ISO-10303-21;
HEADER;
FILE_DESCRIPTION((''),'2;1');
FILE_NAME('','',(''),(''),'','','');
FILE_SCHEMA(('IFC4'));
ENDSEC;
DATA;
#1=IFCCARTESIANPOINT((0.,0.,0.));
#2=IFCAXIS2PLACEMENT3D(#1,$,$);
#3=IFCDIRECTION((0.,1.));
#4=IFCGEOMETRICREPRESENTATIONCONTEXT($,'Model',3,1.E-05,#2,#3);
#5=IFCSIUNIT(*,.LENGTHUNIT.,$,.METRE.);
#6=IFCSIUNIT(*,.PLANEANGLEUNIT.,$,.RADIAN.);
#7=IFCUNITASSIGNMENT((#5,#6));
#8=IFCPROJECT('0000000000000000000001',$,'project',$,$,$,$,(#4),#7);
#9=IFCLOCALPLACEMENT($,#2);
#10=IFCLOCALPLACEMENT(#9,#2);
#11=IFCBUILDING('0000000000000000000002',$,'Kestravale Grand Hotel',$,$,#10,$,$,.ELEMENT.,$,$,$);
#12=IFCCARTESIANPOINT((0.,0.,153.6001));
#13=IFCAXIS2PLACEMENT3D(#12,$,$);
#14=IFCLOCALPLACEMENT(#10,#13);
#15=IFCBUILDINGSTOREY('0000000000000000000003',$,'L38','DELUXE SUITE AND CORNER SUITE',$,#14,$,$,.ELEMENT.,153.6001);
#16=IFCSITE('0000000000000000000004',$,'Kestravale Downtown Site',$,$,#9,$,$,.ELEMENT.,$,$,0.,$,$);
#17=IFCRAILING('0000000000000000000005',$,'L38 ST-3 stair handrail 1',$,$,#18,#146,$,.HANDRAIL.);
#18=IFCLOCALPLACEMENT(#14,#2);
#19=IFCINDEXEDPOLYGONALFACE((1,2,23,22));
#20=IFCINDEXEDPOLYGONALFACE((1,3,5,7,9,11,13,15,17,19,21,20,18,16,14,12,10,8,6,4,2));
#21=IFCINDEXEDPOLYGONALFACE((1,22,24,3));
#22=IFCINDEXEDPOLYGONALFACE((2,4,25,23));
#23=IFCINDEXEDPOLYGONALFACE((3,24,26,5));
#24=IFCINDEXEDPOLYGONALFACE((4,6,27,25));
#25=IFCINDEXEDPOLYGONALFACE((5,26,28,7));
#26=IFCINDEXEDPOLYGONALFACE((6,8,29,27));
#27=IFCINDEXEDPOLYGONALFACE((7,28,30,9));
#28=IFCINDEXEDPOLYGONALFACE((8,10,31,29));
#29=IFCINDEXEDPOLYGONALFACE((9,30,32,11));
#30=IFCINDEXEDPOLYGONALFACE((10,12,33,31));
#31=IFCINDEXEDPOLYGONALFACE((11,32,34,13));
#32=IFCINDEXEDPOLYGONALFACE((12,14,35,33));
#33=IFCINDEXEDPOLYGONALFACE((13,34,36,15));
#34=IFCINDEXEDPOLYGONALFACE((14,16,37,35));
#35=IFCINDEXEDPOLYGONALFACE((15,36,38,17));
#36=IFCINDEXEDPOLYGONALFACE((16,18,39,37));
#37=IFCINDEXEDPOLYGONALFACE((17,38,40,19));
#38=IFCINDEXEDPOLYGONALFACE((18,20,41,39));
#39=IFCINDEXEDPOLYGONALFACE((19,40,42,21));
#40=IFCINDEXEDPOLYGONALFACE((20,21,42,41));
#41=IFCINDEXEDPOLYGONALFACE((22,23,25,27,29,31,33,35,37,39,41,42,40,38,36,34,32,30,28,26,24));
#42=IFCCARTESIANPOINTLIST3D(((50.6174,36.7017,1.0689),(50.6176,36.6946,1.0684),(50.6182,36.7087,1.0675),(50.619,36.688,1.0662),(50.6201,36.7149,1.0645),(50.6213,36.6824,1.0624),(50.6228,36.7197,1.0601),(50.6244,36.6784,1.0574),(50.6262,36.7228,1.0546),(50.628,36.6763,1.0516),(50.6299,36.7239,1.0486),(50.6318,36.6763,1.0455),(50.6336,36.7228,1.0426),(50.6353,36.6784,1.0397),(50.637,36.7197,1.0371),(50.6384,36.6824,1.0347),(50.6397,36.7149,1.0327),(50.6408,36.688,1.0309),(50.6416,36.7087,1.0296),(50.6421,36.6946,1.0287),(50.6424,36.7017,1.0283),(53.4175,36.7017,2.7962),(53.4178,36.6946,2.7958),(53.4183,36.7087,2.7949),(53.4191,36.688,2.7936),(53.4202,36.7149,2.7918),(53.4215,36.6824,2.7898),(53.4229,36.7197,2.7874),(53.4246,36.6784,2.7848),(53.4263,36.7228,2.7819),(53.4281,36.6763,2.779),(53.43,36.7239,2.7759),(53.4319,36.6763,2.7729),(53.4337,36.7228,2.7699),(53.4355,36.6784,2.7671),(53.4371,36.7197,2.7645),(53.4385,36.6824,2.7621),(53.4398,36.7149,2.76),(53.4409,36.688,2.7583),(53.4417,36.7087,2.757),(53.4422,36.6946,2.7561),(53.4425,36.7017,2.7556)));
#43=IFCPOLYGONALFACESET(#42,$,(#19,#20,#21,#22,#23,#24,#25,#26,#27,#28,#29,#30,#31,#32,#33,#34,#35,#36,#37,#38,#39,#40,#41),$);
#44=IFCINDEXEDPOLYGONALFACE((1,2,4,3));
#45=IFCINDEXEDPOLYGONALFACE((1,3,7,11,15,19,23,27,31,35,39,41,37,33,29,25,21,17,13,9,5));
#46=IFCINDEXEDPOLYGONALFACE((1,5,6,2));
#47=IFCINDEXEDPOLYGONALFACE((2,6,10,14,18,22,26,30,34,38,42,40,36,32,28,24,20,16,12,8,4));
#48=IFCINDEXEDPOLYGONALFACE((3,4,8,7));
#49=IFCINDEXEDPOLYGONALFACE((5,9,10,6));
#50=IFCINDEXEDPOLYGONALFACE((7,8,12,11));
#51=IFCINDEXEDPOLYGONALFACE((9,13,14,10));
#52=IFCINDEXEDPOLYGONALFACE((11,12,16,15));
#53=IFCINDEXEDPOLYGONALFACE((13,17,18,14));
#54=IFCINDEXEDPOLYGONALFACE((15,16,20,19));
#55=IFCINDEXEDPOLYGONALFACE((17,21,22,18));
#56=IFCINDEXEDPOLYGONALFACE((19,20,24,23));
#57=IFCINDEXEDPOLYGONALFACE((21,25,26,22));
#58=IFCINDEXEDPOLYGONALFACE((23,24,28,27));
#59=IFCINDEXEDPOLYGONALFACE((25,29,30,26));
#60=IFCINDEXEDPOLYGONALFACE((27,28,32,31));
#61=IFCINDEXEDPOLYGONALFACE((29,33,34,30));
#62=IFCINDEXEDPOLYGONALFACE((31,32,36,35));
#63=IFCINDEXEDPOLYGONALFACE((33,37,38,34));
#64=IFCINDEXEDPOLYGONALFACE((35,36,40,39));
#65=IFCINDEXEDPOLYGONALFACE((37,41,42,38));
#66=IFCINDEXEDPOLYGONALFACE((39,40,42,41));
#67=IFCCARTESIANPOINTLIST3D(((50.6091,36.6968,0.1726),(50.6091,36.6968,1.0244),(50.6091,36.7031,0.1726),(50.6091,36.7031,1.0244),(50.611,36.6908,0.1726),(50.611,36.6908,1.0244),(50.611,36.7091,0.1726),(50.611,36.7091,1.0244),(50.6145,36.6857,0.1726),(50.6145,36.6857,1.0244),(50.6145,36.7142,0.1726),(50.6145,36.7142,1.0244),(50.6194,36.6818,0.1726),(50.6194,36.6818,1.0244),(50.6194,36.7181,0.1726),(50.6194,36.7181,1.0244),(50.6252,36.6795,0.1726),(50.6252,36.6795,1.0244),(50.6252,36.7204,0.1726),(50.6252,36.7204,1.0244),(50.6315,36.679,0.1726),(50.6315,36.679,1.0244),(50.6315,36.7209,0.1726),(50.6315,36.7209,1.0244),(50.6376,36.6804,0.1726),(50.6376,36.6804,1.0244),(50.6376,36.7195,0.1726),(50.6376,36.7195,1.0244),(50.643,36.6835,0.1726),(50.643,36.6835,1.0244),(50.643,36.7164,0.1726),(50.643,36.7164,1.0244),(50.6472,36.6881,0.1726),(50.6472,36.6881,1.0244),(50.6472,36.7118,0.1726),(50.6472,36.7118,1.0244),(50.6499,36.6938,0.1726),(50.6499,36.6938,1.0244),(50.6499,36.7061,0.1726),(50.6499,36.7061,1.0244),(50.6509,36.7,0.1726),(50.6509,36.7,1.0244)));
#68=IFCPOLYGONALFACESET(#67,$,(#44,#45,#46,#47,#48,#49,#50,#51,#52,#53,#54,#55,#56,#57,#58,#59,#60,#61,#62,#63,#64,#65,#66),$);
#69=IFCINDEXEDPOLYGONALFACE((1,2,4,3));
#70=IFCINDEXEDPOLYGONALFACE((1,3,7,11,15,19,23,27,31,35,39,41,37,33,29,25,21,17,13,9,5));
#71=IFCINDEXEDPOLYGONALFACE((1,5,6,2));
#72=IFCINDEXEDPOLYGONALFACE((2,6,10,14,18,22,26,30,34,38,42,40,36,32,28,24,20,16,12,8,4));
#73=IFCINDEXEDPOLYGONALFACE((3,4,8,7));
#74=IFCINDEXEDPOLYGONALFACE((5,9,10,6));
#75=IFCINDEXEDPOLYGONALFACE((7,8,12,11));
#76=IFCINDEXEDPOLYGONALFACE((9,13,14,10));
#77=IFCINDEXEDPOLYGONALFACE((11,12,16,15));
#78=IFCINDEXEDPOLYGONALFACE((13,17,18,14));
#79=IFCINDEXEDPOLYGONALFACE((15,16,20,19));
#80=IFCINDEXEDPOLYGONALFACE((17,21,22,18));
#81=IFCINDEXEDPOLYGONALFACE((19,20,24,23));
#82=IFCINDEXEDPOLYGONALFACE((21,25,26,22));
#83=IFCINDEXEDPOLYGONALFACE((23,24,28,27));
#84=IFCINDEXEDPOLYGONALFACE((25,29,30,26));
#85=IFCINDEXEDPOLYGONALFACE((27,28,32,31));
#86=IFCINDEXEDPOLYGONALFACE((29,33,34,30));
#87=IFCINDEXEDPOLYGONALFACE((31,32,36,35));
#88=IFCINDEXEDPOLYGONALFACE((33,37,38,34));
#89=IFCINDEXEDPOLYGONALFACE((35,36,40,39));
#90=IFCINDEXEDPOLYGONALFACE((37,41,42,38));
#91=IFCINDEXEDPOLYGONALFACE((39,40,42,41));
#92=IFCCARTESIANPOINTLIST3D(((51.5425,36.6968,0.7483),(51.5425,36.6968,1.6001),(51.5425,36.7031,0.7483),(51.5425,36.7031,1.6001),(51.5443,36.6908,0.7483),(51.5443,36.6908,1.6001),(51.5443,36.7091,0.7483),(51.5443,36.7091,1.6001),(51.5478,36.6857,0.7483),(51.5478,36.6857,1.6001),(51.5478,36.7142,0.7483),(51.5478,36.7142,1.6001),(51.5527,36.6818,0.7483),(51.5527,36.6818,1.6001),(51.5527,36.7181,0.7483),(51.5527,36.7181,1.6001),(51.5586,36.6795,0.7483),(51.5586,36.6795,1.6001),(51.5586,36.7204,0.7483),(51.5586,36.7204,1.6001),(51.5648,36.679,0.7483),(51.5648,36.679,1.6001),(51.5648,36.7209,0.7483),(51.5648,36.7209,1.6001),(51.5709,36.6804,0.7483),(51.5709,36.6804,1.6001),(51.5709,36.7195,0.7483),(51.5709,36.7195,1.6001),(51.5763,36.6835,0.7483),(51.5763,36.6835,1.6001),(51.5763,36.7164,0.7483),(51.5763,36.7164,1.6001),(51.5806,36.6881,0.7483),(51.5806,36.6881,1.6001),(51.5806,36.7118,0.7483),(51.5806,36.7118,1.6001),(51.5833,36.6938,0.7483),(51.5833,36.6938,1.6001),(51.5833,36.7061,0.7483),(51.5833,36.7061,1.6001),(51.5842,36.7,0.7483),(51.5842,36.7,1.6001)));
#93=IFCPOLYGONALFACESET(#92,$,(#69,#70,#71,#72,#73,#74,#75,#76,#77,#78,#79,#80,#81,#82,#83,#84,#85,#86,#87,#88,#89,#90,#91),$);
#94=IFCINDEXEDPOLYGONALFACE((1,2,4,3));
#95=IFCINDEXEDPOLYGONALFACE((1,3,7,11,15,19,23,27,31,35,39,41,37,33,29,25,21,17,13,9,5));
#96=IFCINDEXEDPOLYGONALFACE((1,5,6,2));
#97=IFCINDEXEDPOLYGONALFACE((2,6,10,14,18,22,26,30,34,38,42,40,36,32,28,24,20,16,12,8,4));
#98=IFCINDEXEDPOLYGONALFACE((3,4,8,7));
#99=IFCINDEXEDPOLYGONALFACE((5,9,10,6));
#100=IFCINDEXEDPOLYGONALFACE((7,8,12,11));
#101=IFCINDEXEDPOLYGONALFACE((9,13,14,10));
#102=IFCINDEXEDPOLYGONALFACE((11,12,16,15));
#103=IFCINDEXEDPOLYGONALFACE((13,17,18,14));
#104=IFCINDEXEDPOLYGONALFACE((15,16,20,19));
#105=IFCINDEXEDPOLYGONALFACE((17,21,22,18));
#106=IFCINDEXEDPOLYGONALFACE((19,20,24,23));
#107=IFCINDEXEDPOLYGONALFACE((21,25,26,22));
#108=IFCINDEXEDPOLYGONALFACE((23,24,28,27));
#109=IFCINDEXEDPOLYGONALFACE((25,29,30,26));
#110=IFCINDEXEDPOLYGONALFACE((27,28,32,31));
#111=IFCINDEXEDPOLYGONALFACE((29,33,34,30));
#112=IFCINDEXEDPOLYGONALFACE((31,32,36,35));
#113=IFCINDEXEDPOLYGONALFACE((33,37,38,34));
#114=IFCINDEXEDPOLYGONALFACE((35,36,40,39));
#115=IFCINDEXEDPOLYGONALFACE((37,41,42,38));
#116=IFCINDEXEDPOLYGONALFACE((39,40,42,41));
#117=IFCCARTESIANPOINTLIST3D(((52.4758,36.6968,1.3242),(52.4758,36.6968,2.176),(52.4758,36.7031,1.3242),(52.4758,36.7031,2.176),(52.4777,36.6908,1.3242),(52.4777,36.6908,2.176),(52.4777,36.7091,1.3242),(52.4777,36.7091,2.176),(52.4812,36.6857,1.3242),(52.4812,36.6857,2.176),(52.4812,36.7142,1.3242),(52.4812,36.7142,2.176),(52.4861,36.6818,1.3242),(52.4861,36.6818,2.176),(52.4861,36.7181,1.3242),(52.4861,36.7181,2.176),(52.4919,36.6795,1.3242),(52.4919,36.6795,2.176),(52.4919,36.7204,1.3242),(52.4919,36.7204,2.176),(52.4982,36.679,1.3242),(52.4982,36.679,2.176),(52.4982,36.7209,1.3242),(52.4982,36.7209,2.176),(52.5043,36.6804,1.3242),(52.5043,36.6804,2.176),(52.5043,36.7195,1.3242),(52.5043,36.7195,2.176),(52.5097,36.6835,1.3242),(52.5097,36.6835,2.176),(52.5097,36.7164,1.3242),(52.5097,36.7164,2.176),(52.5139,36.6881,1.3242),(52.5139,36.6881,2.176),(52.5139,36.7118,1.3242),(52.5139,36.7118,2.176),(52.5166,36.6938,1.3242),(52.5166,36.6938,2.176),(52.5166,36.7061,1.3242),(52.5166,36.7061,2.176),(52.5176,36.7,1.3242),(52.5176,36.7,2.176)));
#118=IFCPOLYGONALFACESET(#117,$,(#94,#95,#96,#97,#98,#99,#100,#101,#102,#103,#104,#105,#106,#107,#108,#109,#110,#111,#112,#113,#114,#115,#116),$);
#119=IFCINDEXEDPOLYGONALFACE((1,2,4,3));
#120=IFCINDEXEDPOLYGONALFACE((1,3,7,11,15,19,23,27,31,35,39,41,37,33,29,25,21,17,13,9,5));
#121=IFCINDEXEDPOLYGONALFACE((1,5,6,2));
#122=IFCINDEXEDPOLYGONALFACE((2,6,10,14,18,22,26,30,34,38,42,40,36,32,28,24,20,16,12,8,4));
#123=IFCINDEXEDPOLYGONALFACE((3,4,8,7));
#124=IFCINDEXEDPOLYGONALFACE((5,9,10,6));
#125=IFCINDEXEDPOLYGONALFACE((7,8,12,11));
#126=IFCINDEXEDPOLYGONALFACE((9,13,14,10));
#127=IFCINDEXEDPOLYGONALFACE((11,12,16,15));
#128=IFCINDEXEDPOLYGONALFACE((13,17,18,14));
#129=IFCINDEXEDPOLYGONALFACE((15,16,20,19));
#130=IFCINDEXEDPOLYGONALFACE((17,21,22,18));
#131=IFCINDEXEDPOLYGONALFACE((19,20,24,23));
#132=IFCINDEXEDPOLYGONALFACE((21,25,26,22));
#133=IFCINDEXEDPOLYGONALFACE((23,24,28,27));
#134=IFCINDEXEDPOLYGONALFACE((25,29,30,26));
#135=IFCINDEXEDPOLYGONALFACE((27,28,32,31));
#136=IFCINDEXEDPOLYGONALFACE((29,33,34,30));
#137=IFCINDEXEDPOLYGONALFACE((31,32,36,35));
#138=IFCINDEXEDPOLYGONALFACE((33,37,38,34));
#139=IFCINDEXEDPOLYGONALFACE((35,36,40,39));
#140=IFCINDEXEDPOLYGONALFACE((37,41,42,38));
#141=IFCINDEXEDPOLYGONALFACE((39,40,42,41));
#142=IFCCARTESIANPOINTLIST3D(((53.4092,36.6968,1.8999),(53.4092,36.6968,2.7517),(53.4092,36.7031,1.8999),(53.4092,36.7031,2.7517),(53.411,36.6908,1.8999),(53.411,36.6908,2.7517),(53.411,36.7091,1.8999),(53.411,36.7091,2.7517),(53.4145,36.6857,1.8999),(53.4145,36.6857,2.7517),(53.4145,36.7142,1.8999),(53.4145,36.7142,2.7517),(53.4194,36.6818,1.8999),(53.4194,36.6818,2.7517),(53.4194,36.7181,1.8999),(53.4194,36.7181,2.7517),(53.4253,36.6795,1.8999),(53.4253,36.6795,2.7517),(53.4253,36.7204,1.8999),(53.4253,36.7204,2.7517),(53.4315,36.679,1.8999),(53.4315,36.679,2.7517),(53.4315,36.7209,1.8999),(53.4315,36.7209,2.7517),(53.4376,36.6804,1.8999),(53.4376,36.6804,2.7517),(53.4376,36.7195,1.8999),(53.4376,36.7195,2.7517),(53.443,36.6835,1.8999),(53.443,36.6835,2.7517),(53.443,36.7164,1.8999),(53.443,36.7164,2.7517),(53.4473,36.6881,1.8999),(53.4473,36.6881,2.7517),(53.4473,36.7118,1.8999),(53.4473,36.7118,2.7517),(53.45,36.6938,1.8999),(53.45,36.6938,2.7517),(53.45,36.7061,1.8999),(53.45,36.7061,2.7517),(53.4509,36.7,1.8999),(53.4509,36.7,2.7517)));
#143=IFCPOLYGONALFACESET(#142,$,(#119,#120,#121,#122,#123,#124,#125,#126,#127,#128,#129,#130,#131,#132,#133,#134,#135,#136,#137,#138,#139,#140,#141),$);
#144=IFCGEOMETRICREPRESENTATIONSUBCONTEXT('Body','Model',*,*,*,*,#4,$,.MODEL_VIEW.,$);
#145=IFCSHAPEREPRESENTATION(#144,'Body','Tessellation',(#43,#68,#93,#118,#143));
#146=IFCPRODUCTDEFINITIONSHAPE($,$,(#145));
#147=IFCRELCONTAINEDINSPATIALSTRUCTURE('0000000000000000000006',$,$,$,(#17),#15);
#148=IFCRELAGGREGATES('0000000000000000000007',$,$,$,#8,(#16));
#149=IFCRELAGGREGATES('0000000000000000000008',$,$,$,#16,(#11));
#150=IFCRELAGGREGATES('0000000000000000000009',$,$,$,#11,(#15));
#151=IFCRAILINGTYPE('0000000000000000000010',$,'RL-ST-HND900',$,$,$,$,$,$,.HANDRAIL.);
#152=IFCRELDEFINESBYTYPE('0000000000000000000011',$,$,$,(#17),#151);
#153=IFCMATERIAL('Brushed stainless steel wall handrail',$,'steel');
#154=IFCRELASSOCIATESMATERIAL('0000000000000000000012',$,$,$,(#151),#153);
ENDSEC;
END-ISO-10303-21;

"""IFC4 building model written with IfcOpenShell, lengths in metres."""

from ifc_helpers import new_model, si_unit, direction, frame, origin, origin_2d, place, context, subcontext, project, spatial, circle, extrude, material, type_object, element, save


model = new_model("IFC4")

# Units and contexts
model_context = context("Model", 3, precision=1e-05, world=origin(), true_north=direction((0.0, 1.0)))
body_context = subcontext(model_context, "Body", "Model", "MODEL_VIEW")
ifc_project = project(units=[si_unit("LENGTHUNIT", "METRE"), si_unit("PLANEANGLEUNIT", "RADIAN")], contexts=[model_context])

# Site, building, storey
site_placement = place(None, origin())
site = spatial("IfcSite", under=ifc_project, at=site_placement, Name="Kestravale Downtown Site", CompositionType="ELEMENT", RefElevation=0.0)
building_placement = place(site_placement, origin())
building = spatial("IfcBuilding", under=site, at=building_placement, Name="Kestravale Grand Hotel", CompositionType="ELEMENT")
storey_placement = place(building_placement, frame((0.0, 0.0, 153.6001)))
storey = spatial("IfcBuildingStorey", under=building, at=storey_placement, Name="L38", Description="DELUXE SUITE AND CORNER SUITE", CompositionType="ELEMENT", Elevation=153.6001)

# Railing
ifc_material_1 = material(Name="Brushed stainless steel wall handrail", Category="steel")
railing_type_1 = type_object("IfcRailingType", Name="RL-ST-HND900", PredefinedType="HANDRAIL", material=ifc_material_1)
railing_1_placement = place(storey_placement, frame((50.6299, 36.7, 0.1726)))
element("IfcRailing", 1, at=railing_1_placement, inside=storey, type_object=railing_type_1, Name="L38 ST-3 stair handrail 1", PredefinedType="HANDRAIL", context=body_context, shape_type="SweptSolid", body=[
    extrude(circle(Radius=0.0239, at=origin_2d()), frame((0.0, 0.0, 0.876), z_axis=(0.85109, 0.0, 0.52502), x_axis=(0.0, 1.0, 0.0)), (0.0, 0.0, 1.0), 3.29),
    extrude(circle(Radius=0.021, at=origin_2d()), origin(), (0.0, 0.0, 1.0), 0.8518),
    extrude(circle(Radius=0.021, at=origin_2d()), frame((0.9333, 0.0, 0.5757)), (0.0, 0.0, 1.0), 0.8518),
    extrude(circle(Radius=0.021, at=origin_2d()), frame((1.8667, 0.0, 1.1516)), (0.0, 0.0, 1.0), 0.8518),
    extrude(circle(Radius=0.021, at=origin_2d()), frame((2.8, 0.0, 1.7273)), (0.0, 0.0, 1.0), 0.8518),
])

save(model, "model.ifc")
